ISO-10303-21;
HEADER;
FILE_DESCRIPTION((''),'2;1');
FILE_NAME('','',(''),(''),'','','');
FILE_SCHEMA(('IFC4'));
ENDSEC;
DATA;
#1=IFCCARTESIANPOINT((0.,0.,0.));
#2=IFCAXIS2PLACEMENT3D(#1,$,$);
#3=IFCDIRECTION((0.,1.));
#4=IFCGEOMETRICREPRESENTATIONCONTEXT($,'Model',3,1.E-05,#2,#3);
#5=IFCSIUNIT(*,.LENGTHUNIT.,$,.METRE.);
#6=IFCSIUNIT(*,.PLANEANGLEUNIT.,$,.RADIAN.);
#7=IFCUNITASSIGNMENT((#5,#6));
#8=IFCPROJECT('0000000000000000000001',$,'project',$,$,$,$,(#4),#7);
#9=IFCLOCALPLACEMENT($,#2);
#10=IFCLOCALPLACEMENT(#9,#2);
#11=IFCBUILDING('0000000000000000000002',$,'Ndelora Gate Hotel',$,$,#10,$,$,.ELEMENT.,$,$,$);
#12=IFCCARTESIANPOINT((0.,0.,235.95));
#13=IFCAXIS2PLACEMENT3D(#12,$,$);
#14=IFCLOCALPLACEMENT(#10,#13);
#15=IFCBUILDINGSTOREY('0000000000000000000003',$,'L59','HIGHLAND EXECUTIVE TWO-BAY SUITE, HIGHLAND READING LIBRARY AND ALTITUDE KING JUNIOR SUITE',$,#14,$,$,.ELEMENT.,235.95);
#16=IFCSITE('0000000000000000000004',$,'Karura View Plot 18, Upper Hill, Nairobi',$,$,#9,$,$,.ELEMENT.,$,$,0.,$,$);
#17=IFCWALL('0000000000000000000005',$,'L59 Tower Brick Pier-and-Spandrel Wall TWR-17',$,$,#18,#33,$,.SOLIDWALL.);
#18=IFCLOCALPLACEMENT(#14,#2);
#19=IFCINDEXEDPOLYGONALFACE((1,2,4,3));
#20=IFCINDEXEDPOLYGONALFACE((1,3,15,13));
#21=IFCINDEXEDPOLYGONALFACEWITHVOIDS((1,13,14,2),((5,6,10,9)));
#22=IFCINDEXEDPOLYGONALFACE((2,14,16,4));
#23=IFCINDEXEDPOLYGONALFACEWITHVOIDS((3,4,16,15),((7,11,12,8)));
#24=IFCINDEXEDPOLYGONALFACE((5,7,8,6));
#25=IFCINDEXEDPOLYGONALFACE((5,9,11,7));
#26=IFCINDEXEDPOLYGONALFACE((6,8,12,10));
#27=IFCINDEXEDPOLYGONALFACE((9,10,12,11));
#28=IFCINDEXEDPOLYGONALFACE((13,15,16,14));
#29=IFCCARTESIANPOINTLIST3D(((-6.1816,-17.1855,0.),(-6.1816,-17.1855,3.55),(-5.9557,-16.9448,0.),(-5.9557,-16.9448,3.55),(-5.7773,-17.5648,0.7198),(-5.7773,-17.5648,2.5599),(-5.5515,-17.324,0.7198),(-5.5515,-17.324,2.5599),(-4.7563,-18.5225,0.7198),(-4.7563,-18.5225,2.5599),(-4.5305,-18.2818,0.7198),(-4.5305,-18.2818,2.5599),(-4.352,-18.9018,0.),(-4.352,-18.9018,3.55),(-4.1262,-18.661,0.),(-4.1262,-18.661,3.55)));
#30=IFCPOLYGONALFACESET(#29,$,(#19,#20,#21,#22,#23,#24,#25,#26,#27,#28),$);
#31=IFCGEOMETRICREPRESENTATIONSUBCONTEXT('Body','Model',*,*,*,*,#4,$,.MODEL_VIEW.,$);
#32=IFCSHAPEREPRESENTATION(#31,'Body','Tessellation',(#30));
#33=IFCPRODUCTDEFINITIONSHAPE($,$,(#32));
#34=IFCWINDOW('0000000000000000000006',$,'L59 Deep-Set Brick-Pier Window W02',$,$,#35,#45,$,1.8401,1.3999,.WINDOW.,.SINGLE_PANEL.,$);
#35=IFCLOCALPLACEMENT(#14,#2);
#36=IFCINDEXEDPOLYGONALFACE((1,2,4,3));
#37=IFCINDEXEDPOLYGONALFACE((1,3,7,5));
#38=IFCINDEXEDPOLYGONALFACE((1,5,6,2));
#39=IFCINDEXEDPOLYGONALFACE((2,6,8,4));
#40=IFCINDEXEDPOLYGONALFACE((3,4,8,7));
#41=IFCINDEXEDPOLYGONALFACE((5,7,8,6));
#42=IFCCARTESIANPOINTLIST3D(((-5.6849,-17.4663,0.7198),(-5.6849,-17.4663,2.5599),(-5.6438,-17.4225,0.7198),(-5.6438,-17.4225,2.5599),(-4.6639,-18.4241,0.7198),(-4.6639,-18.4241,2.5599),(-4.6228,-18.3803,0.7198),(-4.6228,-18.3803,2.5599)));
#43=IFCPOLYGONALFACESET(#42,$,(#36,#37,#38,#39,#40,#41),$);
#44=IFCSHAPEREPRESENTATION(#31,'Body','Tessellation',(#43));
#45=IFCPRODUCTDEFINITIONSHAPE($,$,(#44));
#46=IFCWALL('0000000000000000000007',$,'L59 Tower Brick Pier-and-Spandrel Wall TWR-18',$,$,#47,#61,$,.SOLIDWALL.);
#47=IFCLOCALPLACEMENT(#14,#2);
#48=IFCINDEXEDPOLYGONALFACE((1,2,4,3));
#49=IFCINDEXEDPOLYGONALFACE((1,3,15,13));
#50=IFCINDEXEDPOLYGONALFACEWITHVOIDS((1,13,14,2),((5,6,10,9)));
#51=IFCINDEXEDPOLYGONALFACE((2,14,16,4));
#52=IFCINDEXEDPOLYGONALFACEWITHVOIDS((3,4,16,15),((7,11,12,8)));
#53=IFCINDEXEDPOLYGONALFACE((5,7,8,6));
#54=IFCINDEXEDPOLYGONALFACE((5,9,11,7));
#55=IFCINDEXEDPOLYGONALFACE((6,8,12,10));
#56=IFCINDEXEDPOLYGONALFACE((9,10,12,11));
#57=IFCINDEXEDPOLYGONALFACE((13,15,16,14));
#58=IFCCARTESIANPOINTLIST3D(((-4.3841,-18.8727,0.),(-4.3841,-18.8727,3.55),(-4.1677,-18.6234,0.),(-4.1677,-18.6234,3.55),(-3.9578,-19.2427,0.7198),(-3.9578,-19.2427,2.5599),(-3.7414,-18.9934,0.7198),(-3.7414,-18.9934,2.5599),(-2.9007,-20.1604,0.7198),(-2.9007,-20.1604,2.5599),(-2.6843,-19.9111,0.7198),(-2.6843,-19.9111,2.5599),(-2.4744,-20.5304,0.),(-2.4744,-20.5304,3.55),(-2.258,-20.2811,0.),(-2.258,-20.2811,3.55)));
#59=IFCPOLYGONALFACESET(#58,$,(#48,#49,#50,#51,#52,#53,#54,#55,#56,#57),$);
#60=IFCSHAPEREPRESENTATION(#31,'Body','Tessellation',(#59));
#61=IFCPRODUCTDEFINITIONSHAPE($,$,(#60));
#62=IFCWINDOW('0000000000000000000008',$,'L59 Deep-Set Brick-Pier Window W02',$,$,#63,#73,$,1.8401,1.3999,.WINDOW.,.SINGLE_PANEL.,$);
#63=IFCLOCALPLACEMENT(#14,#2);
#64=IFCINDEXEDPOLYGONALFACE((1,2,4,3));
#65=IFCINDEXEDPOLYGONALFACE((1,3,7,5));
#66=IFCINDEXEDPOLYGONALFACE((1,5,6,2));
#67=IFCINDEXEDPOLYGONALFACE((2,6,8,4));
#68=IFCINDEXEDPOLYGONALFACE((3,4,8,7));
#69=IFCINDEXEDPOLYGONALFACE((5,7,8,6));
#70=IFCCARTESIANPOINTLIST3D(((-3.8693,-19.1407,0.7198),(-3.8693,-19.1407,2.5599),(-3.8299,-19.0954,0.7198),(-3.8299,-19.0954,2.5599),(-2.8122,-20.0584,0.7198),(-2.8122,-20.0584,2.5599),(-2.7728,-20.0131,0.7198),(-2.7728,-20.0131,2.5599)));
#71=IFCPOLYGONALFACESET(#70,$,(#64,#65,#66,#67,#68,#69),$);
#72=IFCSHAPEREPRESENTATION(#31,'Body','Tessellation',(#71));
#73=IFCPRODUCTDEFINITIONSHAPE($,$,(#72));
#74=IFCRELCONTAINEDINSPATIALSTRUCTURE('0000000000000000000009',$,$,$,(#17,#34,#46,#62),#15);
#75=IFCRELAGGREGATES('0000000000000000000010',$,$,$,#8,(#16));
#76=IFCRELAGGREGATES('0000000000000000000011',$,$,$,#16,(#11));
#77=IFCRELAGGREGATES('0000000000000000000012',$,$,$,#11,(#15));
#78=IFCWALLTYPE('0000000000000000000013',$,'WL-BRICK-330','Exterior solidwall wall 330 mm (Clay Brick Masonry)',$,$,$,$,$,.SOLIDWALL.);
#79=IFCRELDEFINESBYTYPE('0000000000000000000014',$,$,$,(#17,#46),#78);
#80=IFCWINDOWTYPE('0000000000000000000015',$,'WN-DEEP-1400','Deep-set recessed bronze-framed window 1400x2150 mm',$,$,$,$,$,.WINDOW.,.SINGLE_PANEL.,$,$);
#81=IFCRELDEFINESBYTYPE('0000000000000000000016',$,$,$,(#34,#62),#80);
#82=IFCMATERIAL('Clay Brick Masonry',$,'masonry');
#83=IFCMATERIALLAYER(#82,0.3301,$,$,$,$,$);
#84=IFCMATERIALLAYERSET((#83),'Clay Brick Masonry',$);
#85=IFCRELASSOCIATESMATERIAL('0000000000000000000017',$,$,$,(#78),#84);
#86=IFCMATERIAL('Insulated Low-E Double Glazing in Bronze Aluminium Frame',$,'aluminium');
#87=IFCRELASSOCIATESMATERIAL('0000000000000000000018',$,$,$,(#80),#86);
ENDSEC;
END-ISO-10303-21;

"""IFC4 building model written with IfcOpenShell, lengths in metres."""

from ifc_helpers import new_model, si_unit, direction, frame, frame_2d, origin, place, context, subcontext, project, spatial, rectangle, extrude, material, layer, layer_set, type_object, element, fill, save


model = new_model("IFC4")

# Units and contexts
model_context = context("Model", 3, precision=1e-05, world=origin(), true_north=direction((0.0, 1.0)))
body_context = subcontext(model_context, "Body", "Model", "MODEL_VIEW")
ifc_project = project(units=[si_unit("LENGTHUNIT", "METRE"), si_unit("PLANEANGLEUNIT", "RADIAN")], contexts=[model_context])

# Site, building, storey
site_placement = place(None, origin())
site = spatial("IfcSite", under=ifc_project, at=site_placement, Name="Karura View Plot 18, Upper Hill, Nairobi", CompositionType="ELEMENT", RefElevation=0.0)
building_placement = place(site_placement, origin())
building = spatial("IfcBuilding", under=site, at=building_placement, Name="Ndelora Gate Hotel", CompositionType="ELEMENT")
storey_placement = place(building_placement, frame((0.0, 0.0, 235.95)))
storey = spatial("IfcBuildingStorey", under=building, at=storey_placement, Name="L59", Description="HIGHLAND EXECUTIVE TWO-BAY SUITE, HIGHLAND READING LIBRARY AND ALTITUDE KING JUNIOR SUITE", CompositionType="ELEMENT", Elevation=235.95)

# Walls, openings, windows
ifc_material_1 = material(Name="Clay Brick Masonry", Category="masonry")
ifc_layer_1 = layer(ifc_material_1, 0.3301)
ifc_layer_set_1 = layer_set([ifc_layer_1], Name="Clay Brick Masonry")
wall_type = type_object("IfcWallType", Name="WL-BRICK-330", Description="Exterior solidwall wall 330 mm (Clay Brick Masonry)", PredefinedType="SOLIDWALL", material=ifc_layer_set_1)
ifc_material_2 = material(Name="Insulated Low-E Double Glazing in Bronze Aluminium Frame", Category="aluminium")
window_type = type_object("IfcWindowType", Name="WN-DEEP-1400", Description="Deep-set recessed bronze-framed window 1400x2150 mm", PartitioningType="SINGLE_PANEL", PredefinedType="WINDOW", material=ifc_material_2)
wall_1_placement = place(storey_placement, frame((-4.239, -18.7815, 0.0), z_axis=(0.0, 0.0, 1.0), x_axis=(-0.729325, 0.684168, 0.0)))
wall_1 = element("IfcWall", 1, at=wall_1_placement, inside=storey, type_object=wall_type, Name="L59 Tower Brick Pier-and-Spandrel Wall TWR-17", PredefinedType="SOLIDWALL", context=body_context, shape_type="SweptSolid", body=[
    extrude(rectangle(XDim=2.5085, YDim=0.3301, at=frame_2d((1.2544, 0.0))), origin(), (0.0, 0.0, 1.0), 3.55),
])
opening_1_placement = place(wall_1_placement, frame((0.5544, 0.0, 0.72)))
opening_1 = element("IfcOpeningElement", 2, at=opening_1_placement, cuts=wall_1, PredefinedType="OPENING", context=body_context, shape_type="SweptSolid", body=[
    extrude(rectangle(XDim=1.3999, YDim=1.8401, at=frame_2d((0.7, 0.9199))), frame((0.0, 0.175, 0.0), z_axis=(0.0, -1.0, 0.0), x_axis=(1.0, 0.0, 0.0)), (0.0, 0.0, 1.0), 0.3501),
])
window_1_placement = place(opening_1_placement, origin())
window_1 = element("IfcWindow", 3, at=window_1_placement, inside=storey, type_object=window_type, Name="L59 Deep-Set Brick-Pier Window W02", OverallHeight=1.8401, OverallWidth=1.3999, PartitioningType="SINGLE_PANEL", PredefinedType="WINDOW", context=body_context, shape_type="SweptSolid", body=[
    extrude(rectangle(XDim=1.3999, YDim=1.8401, at=frame_2d((0.7, 0.9199))), frame((0.0, 0.03, 0.0), z_axis=(0.0, -1.0, 0.0), x_axis=(1.0, 0.0, 0.0)), (0.0, 0.0, 1.0), 0.0601),
])
fill(opening_1, window_1)
wall_2_placement = place(storey_placement, frame((-2.3662, -20.4058, 0.0), z_axis=(0.0, 0.0, 1.0), x_axis=(-0.755166, 0.655533, 0.0)))
wall_2 = element("IfcWall", 4, at=wall_2_placement, inside=storey, type_object=wall_type, Name="L59 Tower Brick Pier-and-Spandrel Wall TWR-18", PredefinedType="SOLIDWALL", context=body_context, shape_type="SweptSolid", body=[
    extrude(rectangle(XDim=2.5288, YDim=0.3301, at=frame_2d((1.2644, 0.0))), origin(), (0.0, 0.0, 1.0), 3.55),
])
opening_2_placement = place(wall_2_placement, frame((0.5645, 0.0, 0.72)))
opening_2 = element("IfcOpeningElement", 5, at=opening_2_placement, cuts=wall_2, PredefinedType="OPENING", context=body_context, shape_type="SweptSolid", body=[
    extrude(rectangle(XDim=1.3999, YDim=1.8401, at=frame_2d((0.7, 0.9199))), frame((0.0, 0.175, 0.0), z_axis=(0.0, -1.0, 0.0), x_axis=(1.0, 0.0, 0.0)), (0.0, 0.0, 1.0), 0.3501),
])
window_2_placement = place(opening_2_placement, origin())
window_2 = element("IfcWindow", 6, at=window_2_placement, inside=storey, type_object=window_type, Name="L59 Deep-Set Brick-Pier Window W02", OverallHeight=1.8401, OverallWidth=1.3999, PartitioningType="SINGLE_PANEL", PredefinedType="WINDOW", context=body_context, shape_type="SweptSolid", body=[
    extrude(rectangle(XDim=1.3999, YDim=1.8401, at=frame_2d((0.7, 0.9199))), frame((0.0, 0.03, 0.0), z_axis=(0.0, -1.0, 0.0), x_axis=(1.0, 0.0, 0.0)), (0.0, 0.0, 1.0), 0.0601),
])
fill(opening_2, window_2)

save(model, "model.ifc")
